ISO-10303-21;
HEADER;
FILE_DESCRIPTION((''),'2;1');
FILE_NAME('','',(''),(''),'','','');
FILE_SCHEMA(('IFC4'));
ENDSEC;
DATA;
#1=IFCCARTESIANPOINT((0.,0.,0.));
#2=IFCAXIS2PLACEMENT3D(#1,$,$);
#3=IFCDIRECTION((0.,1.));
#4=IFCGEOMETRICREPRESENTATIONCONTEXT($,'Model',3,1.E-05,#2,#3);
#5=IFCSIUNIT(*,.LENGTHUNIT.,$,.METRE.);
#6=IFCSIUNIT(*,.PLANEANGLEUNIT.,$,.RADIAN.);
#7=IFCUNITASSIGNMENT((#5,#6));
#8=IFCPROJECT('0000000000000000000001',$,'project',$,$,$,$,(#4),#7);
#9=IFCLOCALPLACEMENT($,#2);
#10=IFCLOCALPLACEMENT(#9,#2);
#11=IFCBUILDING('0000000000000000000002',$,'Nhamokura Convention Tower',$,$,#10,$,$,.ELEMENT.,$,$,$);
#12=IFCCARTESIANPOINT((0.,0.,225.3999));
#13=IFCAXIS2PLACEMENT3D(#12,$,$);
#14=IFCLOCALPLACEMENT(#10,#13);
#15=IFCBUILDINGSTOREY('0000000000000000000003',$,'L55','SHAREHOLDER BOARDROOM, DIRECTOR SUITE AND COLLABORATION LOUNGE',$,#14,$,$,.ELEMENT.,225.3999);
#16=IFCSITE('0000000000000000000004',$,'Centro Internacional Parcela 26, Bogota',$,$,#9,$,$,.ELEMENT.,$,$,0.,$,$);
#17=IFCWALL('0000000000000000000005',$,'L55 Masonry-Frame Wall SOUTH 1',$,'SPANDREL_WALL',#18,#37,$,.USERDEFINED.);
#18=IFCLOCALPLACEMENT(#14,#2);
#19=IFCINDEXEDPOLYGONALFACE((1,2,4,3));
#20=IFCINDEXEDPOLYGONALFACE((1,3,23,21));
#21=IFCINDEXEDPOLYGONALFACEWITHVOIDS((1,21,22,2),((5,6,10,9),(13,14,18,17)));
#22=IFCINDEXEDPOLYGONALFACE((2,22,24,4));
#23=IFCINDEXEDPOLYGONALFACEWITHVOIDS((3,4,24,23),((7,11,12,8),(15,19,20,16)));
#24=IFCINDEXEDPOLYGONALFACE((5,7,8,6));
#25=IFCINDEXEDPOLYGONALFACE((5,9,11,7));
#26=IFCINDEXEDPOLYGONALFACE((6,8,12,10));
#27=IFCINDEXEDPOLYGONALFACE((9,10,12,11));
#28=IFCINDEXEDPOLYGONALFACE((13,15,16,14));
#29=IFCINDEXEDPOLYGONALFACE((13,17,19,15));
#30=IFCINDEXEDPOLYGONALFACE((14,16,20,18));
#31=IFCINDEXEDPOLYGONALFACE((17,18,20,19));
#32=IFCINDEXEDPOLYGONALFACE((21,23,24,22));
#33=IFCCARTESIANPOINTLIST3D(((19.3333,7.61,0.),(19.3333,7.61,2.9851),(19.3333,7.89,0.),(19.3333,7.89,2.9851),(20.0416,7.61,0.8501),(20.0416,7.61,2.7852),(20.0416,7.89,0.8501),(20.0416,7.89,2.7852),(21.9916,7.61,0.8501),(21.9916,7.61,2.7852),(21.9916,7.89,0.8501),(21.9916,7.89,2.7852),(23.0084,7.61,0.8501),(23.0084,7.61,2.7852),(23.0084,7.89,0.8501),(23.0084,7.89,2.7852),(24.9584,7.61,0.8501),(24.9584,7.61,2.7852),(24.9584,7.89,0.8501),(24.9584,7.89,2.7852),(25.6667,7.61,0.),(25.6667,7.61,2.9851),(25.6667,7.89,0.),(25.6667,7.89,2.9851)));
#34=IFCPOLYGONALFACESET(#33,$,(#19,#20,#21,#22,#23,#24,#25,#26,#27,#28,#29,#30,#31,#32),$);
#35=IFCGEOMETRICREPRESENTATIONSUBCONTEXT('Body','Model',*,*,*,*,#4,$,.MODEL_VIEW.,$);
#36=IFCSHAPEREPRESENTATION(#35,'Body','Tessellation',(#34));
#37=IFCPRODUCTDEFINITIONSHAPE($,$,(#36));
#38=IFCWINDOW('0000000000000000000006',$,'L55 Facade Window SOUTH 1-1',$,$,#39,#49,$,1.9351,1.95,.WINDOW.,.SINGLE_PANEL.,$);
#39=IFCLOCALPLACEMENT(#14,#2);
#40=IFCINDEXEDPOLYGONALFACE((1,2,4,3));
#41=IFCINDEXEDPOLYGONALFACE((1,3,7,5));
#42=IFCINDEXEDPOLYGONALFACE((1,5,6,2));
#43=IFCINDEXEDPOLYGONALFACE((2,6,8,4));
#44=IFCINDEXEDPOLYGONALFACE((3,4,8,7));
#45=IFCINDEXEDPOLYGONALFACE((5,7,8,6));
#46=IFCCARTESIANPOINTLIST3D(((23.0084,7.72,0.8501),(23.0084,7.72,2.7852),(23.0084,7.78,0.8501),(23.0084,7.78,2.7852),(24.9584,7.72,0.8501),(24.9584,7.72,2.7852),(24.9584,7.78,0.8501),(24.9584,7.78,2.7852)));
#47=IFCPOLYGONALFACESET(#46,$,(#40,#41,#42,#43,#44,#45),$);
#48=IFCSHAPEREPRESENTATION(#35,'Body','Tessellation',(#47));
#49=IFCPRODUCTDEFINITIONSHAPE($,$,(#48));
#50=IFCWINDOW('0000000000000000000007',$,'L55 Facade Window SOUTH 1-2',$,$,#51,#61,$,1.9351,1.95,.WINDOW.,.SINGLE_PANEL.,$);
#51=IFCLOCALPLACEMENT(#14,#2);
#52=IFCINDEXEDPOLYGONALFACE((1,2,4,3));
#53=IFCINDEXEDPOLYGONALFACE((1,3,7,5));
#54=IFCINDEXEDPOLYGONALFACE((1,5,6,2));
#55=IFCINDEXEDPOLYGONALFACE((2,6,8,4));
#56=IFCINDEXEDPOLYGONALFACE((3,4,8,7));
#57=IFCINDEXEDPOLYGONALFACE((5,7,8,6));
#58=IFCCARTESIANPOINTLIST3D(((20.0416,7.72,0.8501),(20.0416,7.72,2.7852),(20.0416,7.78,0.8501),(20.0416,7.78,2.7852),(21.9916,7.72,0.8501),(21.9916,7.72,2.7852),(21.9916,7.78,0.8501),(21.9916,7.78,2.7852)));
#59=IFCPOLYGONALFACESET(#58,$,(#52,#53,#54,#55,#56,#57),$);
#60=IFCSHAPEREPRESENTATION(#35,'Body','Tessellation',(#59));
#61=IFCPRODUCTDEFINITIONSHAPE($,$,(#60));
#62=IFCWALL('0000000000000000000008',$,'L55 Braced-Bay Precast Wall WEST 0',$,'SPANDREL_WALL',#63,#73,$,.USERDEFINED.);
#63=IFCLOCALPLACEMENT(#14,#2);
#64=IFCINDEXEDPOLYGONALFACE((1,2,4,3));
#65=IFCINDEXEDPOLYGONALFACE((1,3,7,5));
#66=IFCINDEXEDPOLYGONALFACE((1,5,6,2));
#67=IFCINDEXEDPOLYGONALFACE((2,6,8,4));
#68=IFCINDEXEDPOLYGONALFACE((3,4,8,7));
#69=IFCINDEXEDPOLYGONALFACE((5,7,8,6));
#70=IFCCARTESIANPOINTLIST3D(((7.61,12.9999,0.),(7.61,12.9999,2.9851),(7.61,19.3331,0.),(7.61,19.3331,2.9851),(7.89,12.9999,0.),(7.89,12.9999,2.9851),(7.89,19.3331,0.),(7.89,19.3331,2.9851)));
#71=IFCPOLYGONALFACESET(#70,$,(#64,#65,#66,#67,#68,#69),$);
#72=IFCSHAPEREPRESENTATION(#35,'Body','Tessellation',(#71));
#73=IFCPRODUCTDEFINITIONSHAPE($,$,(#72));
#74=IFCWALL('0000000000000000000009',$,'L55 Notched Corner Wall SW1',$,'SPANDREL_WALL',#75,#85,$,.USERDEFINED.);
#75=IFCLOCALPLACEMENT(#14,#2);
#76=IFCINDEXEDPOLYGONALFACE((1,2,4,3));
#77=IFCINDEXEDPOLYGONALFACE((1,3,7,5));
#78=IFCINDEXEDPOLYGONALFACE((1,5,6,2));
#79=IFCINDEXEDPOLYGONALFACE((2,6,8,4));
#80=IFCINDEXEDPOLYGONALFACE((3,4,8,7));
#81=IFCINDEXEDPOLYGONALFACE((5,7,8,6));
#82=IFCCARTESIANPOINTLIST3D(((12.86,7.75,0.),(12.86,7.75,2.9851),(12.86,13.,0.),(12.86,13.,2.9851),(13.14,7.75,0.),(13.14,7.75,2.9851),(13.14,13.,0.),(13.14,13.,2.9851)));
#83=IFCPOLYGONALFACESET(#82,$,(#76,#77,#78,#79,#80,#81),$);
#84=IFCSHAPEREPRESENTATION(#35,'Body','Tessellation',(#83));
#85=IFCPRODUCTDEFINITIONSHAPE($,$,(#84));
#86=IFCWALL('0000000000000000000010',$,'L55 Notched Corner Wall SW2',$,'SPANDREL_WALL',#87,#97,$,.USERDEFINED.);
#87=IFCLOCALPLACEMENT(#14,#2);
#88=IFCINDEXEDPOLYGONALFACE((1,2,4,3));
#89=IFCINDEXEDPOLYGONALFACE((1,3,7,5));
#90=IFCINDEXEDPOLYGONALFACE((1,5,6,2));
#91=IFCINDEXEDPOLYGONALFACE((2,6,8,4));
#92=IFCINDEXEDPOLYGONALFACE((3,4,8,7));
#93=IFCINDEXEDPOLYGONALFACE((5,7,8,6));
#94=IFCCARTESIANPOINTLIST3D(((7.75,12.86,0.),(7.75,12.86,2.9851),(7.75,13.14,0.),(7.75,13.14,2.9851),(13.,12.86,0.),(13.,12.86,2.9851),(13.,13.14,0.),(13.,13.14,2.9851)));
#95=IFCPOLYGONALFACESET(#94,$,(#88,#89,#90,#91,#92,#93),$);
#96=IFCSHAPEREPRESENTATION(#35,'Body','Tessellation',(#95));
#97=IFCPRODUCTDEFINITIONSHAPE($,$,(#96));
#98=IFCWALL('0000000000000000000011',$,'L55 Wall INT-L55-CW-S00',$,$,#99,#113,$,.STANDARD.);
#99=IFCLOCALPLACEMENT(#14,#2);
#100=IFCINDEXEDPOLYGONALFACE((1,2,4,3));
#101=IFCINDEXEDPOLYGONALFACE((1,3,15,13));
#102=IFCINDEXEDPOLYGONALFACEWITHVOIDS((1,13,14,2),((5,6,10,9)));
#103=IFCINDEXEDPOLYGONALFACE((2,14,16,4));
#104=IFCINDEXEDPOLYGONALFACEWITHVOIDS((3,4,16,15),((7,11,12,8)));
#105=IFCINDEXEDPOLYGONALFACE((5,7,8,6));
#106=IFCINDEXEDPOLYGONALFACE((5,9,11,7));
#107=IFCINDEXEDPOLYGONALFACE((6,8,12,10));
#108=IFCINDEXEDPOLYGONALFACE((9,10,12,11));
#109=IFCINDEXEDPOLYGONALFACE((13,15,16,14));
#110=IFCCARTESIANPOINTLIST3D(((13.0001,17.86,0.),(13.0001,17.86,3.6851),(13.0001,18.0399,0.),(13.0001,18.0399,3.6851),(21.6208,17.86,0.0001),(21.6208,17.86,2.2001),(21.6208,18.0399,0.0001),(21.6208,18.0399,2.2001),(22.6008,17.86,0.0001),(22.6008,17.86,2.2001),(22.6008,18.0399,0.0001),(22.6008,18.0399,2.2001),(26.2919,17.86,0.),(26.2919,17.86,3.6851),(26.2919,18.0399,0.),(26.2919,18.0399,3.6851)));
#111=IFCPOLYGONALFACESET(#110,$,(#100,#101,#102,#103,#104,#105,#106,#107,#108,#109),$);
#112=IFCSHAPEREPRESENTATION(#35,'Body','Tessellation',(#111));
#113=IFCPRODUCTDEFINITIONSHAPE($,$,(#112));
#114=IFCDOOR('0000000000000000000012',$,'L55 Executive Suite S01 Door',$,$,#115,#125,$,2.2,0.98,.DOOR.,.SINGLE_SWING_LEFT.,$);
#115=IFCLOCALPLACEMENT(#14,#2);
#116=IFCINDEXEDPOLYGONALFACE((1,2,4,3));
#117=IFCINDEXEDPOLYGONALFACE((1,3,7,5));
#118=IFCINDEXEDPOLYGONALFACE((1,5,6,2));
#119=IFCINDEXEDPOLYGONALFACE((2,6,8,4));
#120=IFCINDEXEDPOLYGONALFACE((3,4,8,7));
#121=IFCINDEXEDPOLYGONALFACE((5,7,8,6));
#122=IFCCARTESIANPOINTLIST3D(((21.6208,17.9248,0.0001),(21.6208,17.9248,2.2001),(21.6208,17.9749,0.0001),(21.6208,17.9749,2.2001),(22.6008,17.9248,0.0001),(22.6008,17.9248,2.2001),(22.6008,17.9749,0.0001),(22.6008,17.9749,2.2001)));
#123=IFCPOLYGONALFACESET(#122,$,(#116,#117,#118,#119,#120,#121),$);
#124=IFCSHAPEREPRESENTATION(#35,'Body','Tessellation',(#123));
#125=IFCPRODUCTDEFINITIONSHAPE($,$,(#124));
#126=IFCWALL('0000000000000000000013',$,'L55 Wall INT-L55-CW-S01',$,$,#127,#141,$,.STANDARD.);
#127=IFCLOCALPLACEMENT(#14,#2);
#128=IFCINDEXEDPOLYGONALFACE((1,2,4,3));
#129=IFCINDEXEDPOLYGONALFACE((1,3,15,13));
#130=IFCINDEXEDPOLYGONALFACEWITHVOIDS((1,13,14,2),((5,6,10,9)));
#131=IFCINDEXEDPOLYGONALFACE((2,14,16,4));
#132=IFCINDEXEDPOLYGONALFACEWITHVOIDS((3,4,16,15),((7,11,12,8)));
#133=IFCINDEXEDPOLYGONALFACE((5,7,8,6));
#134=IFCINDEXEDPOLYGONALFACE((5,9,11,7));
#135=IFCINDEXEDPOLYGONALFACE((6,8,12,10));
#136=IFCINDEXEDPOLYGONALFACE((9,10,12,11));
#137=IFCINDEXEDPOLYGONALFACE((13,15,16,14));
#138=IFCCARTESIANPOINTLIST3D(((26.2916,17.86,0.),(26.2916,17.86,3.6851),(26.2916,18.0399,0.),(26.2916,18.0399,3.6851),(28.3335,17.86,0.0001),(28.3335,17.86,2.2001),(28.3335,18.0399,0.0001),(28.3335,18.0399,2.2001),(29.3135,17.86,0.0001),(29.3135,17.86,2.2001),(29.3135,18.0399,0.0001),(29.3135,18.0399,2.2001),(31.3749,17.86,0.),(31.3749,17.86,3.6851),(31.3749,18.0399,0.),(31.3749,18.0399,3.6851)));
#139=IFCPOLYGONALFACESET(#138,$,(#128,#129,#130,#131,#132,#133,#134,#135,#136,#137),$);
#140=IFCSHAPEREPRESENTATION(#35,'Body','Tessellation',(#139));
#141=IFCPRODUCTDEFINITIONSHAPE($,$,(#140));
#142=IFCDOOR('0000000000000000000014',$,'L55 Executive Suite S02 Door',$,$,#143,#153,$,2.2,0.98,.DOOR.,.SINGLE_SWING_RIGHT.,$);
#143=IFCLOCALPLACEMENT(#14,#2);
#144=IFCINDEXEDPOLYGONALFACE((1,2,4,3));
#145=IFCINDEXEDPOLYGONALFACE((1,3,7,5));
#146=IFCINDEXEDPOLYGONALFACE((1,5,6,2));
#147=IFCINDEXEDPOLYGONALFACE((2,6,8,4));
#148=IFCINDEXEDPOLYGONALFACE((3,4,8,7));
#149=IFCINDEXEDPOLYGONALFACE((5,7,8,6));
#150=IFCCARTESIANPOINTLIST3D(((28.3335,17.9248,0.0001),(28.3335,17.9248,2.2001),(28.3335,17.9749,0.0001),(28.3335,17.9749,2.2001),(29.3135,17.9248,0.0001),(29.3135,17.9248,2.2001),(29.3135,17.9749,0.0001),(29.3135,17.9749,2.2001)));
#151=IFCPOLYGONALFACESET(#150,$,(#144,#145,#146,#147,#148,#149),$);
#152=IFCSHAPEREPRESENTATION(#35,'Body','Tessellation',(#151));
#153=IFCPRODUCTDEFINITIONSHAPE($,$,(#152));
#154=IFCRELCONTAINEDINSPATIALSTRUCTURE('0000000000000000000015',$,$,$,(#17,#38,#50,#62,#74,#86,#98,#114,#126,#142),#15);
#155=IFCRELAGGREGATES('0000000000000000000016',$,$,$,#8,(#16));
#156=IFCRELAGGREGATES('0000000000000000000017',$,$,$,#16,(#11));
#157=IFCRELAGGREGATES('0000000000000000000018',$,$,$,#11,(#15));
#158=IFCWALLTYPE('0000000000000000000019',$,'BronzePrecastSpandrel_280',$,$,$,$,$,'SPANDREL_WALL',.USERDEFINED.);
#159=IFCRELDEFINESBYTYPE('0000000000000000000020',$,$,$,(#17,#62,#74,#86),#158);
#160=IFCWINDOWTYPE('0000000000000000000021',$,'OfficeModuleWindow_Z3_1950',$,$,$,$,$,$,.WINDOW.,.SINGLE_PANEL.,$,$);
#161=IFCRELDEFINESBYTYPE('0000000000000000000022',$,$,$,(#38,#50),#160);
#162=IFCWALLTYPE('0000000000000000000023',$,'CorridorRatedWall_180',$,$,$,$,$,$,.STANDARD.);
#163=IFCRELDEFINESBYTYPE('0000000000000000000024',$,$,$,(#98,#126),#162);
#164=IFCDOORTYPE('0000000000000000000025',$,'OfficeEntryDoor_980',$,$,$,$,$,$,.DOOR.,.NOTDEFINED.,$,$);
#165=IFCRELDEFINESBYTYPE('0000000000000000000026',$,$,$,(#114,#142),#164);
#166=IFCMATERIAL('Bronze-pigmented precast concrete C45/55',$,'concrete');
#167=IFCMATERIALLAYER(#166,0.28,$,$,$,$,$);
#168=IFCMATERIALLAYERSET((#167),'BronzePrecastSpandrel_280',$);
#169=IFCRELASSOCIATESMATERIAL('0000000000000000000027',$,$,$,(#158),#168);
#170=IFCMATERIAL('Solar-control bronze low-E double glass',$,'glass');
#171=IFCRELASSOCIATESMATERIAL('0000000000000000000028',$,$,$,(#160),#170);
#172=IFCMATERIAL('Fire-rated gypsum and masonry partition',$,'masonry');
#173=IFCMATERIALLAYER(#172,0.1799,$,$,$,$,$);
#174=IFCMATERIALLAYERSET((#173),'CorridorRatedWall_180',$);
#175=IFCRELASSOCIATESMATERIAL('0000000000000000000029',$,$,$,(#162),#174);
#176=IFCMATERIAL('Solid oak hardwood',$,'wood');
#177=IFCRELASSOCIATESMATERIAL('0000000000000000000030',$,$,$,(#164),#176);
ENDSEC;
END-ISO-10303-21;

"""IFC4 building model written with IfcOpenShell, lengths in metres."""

from ifc_helpers import new_model, si_unit, direction, frame, frame_2d, origin, place, context, subcontext, project, spatial, rectangle, extrude, material, layer, layer_set, type_object, element, fill, save


model = new_model("IFC4")

# Units and contexts
model_context = context("Model", 3, precision=1e-05, world=origin(), true_north=direction((0.0, 1.0)))
body_context = subcontext(model_context, "Body", "Model", "MODEL_VIEW")
ifc_project = project(units=[si_unit("LENGTHUNIT", "METRE"), si_unit("PLANEANGLEUNIT", "RADIAN")], contexts=[model_context])

# Site, building, storey
site_placement = place(None, origin())
site = spatial("IfcSite", under=ifc_project, at=site_placement, Name="Centro Internacional Parcela 26, Bogota", CompositionType="ELEMENT", RefElevation=0.0)
building_placement = place(site_placement, origin())
building = spatial("IfcBuilding", under=site, at=building_placement, Name="Nhamokura Convention Tower", CompositionType="ELEMENT")
storey_placement = place(building_placement, frame((0.0, 0.0, 225.3999)))
storey = spatial("IfcBuildingStorey", under=building, at=storey_placement, Name="L55", Description="SHAREHOLDER BOARDROOM, DIRECTOR SUITE AND COLLABORATION LOUNGE", CompositionType="ELEMENT", Elevation=225.3999)

# Shared definitions
ifc_material_1 = material(Name="Bronze-pigmented precast concrete C45/55", Category="concrete")
ifc_layer_1 = layer(ifc_material_1, 0.28)
ifc_layer_set_1 = layer_set([ifc_layer_1], Name="BronzePrecastSpandrel_280")
wall_type_1 = type_object("IfcWallType", Name="BronzePrecastSpandrel_280", ElementType="SPANDREL_WALL", PredefinedType="USERDEFINED", material=ifc_layer_set_1)

# Wall, openings, windows
wall_1_placement = place(storey_placement, frame((25.6667, 7.75, 0.0), z_axis=(0.0, 0.0, 1.0), x_axis=(-1.0, 0.0, 0.0)))
wall_1 = element("IfcWall", 1, at=wall_1_placement, inside=storey, type_object=wall_type_1, Name="L55 Masonry-Frame Wall SOUTH 1", ObjectType="SPANDREL_WALL", PredefinedType="USERDEFINED", context=body_context, shape_type="SweptSolid", body=[
    extrude(rectangle(XDim=6.3335, YDim=0.28, at=frame_2d((3.1667, 0.0))), origin(), (0.0, 0.0, 1.0), 2.9851),
])
opening_1_placement = place(wall_1_placement, frame((0.7083, 0.0, 0.8501)))
opening_1 = element("IfcOpeningElement", 2, at=opening_1_placement, cuts=wall_1, PredefinedType="OPENING", context=body_context, shape_type="SweptSolid", body=[
    extrude(rectangle(XDim=1.95, YDim=1.9351, at=frame_2d((0.9751, 0.9675))), frame((0.0, 0.1499, 0.0), z_axis=(0.0, -1.0, 0.0), x_axis=(1.0, 0.0, 0.0)), (0.0, 0.0, 1.0), 0.3),
])
opening_2_placement = place(wall_1_placement, frame((3.675, 0.0, 0.8501)))
opening_2 = element("IfcOpeningElement", 3, at=opening_2_placement, cuts=wall_1, PredefinedType="OPENING", context=body_context, shape_type="SweptSolid", body=[
    extrude(rectangle(XDim=1.95, YDim=1.9351, at=frame_2d((0.9751, 0.9675))), frame((0.0, 0.1499, 0.0), z_axis=(0.0, -1.0, 0.0), x_axis=(1.0, 0.0, 0.0)), (0.0, 0.0, 1.0), 0.3),
])
ifc_material_2 = material(Name="Solar-control bronze low-E double glass", Category="glass")
window_type = type_object("IfcWindowType", Name="OfficeModuleWindow_Z3_1950", PartitioningType="SINGLE_PANEL", PredefinedType="WINDOW", material=ifc_material_2)
window_1_placement = place(opening_1_placement, origin())
window_1 = element("IfcWindow", 4, at=window_1_placement, inside=storey, type_object=window_type, Name="L55 Facade Window SOUTH 1-1", OverallHeight=1.9351, OverallWidth=1.95, PartitioningType="SINGLE_PANEL", PredefinedType="WINDOW", context=body_context, shape_type="SweptSolid", body=[
    extrude(rectangle(XDim=1.95, YDim=1.9351, at=frame_2d((0.9751, 0.9675))), frame((0.0, 0.03, 0.0), z_axis=(0.0, -1.0, 0.0), x_axis=(1.0, 0.0, 0.0)), (0.0, 0.0, 1.0), 0.0601),
])
fill(opening_1, window_1)
window_2_placement = place(opening_2_placement, origin())
window_2 = element("IfcWindow", 5, at=window_2_placement, inside=storey, type_object=window_type, Name="L55 Facade Window SOUTH 1-2", OverallHeight=1.9351, OverallWidth=1.95, PartitioningType="SINGLE_PANEL", PredefinedType="WINDOW", context=body_context, shape_type="SweptSolid", body=[
    extrude(rectangle(XDim=1.95, YDim=1.9351, at=frame_2d((0.9751, 0.9675))), frame((0.0, 0.03, 0.0), z_axis=(0.0, -1.0, 0.0), x_axis=(1.0, 0.0, 0.0)), (0.0, 0.0, 1.0), 0.0601),
])
fill(opening_2, window_2)

# Walls
wall_2_placement = place(storey_placement, frame((7.75, 13.0, 0.0), z_axis=(0.0, 0.0, 1.0), x_axis=(0.0, 1.0, 0.0)))
element("IfcWall", 6, at=wall_2_placement, inside=storey, type_object=wall_type_1, Name="L55 Braced-Bay Precast Wall WEST 0", ObjectType="SPANDREL_WALL", PredefinedType="USERDEFINED", context=body_context, shape_type="SweptSolid", body=[
    extrude(rectangle(XDim=6.3333, YDim=0.28, at=frame_2d((3.1665, 0.0))), origin(), (0.0, 0.0, 1.0), 2.9851),
])
for number, where, z_axis, x_axis, name in (
    (7, (13.0, 7.75, 0.0), (0.0, 0.0, 1.0), (0.0, 1.0, 0.0), "L55 Notched Corner Wall SW1"),
    (8, (13.0, 13.0, 0.0), (0.0, 0.0, 1.0), (-1.0, 0.0, 0.0), "L55 Notched Corner Wall SW2"),
):
    element("IfcWall", number, at=place(storey_placement, frame(where, z_axis=z_axis, x_axis=x_axis)), inside=storey, type_object=wall_type_1, Name=name, ObjectType="SPANDREL_WALL", PredefinedType="USERDEFINED", context=body_context, shape_type="SweptSolid", body=[
        extrude(rectangle(XDim=5.25, YDim=0.28, at=frame_2d((2.625, 0.0))), origin(), (0.0, 0.0, 1.0), 2.9851),
    ])

# Walls, openings, doors
ifc_material_3 = material(Name="Fire-rated gypsum and masonry partition", Category="masonry")
ifc_layer_2 = layer(ifc_material_3, 0.1799)
ifc_layer_set_2 = layer_set([ifc_layer_2], Name="CorridorRatedWall_180")
wall_type_2 = type_object("IfcWallType", Name="CorridorRatedWall_180", PredefinedType="STANDARD", material=ifc_layer_set_2)
wall_3_placement = place(storey_placement, frame((13.0, 17.95, 0.0), z_axis=(0.0, 0.0, 1.0), x_axis=(1.0, 0.0, 0.0)))
wall_3 = element("IfcWall", 9, at=wall_3_placement, inside=storey, type_object=wall_type_2, Name="L55 Wall INT-L55-CW-S00", PredefinedType="STANDARD", context=body_context, shape_type="SweptSolid", body=[
    extrude(rectangle(XDim=13.2917, YDim=0.1799, at=frame_2d((6.646, 0.0))), origin(), (0.0, 0.0, 1.0), 3.6851),
])
opening_3_placement = place(wall_3_placement, frame((8.6208, 0.0, 0.0)))
opening_3 = element("IfcOpeningElement", 10, at=opening_3_placement, cuts=wall_3, PredefinedType="OPENING", context=body_context, shape_type="SweptSolid", body=[
    extrude(rectangle(XDim=0.98, YDim=2.2, at=frame_2d((0.49, 1.1001))), frame((0.0, 0.0999, 0.0), z_axis=(0.0, -1.0, 0.0), x_axis=(1.0, 0.0, 0.0)), (0.0, 0.0, 1.0), 0.2),
])
ifc_material_4 = material(Name="Solid oak hardwood", Category="wood")
door_type = type_object("IfcDoorType", Name="OfficeEntryDoor_980", OperationType="NOTDEFINED", PredefinedType="DOOR", material=ifc_material_4)
door_1_placement = place(opening_3_placement, origin())
door_1 = element("IfcDoor", 11, at=door_1_placement, inside=storey, type_object=door_type, Name="L55 Executive Suite S01 Door", OperationType="SINGLE_SWING_LEFT", OverallHeight=2.2, OverallWidth=0.98, PredefinedType="DOOR", context=body_context, shape_type="SweptSolid", body=[
    extrude(rectangle(XDim=0.98, YDim=2.2, at=frame_2d((0.49, 1.1001))), frame((0.0, 0.0249, 0.0), z_axis=(0.0, -1.0, 0.0), x_axis=(1.0, 0.0, 0.0)), (0.0, 0.0, 1.0), 0.05),
])
fill(opening_3, door_1)
wall_4_placement = place(storey_placement, frame((26.2917, 17.95, 0.0), z_axis=(0.0, 0.0, 1.0), x_axis=(1.0, 0.0, 0.0)))
wall_4 = element("IfcWall", 12, at=wall_4_placement, inside=storey, type_object=wall_type_2, Name="L55 Wall INT-L55-CW-S01", PredefinedType="STANDARD", context=body_context, shape_type="SweptSolid", body=[
    extrude(rectangle(XDim=5.0833, YDim=0.1799, at=frame_2d((2.5415, 0.0))), origin(), (0.0, 0.0, 1.0), 3.6851),
])
opening_4_placement = place(wall_4_placement, frame((2.0417, 0.0, 0.0)))
opening_4 = element("IfcOpeningElement", 13, at=opening_4_placement, cuts=wall_4, PredefinedType="OPENING", context=body_context, shape_type="SweptSolid", body=[
    extrude(rectangle(XDim=0.98, YDim=2.2, at=frame_2d((0.49, 1.1001))), frame((0.0, 0.0999, 0.0), z_axis=(0.0, -1.0, 0.0), x_axis=(1.0, 0.0, 0.0)), (0.0, 0.0, 1.0), 0.2),
])
door_2_placement = place(opening_4_placement, origin())
door_2 = element("IfcDoor", 14, at=door_2_placement, inside=storey, type_object=door_type, Name="L55 Executive Suite S02 Door", OperationType="SINGLE_SWING_RIGHT", OverallHeight=2.2, OverallWidth=0.98, PredefinedType="DOOR", context=body_context, shape_type="SweptSolid", body=[
    extrude(rectangle(XDim=0.98, YDim=2.2, at=frame_2d((0.49, 1.1001))), frame((0.0, 0.0249, 0.0), z_axis=(0.0, -1.0, 0.0), x_axis=(1.0, 0.0, 0.0)), (0.0, 0.0, 1.0), 0.05),
])
fill(opening_4, door_2)

save(model, "model.ifc")
